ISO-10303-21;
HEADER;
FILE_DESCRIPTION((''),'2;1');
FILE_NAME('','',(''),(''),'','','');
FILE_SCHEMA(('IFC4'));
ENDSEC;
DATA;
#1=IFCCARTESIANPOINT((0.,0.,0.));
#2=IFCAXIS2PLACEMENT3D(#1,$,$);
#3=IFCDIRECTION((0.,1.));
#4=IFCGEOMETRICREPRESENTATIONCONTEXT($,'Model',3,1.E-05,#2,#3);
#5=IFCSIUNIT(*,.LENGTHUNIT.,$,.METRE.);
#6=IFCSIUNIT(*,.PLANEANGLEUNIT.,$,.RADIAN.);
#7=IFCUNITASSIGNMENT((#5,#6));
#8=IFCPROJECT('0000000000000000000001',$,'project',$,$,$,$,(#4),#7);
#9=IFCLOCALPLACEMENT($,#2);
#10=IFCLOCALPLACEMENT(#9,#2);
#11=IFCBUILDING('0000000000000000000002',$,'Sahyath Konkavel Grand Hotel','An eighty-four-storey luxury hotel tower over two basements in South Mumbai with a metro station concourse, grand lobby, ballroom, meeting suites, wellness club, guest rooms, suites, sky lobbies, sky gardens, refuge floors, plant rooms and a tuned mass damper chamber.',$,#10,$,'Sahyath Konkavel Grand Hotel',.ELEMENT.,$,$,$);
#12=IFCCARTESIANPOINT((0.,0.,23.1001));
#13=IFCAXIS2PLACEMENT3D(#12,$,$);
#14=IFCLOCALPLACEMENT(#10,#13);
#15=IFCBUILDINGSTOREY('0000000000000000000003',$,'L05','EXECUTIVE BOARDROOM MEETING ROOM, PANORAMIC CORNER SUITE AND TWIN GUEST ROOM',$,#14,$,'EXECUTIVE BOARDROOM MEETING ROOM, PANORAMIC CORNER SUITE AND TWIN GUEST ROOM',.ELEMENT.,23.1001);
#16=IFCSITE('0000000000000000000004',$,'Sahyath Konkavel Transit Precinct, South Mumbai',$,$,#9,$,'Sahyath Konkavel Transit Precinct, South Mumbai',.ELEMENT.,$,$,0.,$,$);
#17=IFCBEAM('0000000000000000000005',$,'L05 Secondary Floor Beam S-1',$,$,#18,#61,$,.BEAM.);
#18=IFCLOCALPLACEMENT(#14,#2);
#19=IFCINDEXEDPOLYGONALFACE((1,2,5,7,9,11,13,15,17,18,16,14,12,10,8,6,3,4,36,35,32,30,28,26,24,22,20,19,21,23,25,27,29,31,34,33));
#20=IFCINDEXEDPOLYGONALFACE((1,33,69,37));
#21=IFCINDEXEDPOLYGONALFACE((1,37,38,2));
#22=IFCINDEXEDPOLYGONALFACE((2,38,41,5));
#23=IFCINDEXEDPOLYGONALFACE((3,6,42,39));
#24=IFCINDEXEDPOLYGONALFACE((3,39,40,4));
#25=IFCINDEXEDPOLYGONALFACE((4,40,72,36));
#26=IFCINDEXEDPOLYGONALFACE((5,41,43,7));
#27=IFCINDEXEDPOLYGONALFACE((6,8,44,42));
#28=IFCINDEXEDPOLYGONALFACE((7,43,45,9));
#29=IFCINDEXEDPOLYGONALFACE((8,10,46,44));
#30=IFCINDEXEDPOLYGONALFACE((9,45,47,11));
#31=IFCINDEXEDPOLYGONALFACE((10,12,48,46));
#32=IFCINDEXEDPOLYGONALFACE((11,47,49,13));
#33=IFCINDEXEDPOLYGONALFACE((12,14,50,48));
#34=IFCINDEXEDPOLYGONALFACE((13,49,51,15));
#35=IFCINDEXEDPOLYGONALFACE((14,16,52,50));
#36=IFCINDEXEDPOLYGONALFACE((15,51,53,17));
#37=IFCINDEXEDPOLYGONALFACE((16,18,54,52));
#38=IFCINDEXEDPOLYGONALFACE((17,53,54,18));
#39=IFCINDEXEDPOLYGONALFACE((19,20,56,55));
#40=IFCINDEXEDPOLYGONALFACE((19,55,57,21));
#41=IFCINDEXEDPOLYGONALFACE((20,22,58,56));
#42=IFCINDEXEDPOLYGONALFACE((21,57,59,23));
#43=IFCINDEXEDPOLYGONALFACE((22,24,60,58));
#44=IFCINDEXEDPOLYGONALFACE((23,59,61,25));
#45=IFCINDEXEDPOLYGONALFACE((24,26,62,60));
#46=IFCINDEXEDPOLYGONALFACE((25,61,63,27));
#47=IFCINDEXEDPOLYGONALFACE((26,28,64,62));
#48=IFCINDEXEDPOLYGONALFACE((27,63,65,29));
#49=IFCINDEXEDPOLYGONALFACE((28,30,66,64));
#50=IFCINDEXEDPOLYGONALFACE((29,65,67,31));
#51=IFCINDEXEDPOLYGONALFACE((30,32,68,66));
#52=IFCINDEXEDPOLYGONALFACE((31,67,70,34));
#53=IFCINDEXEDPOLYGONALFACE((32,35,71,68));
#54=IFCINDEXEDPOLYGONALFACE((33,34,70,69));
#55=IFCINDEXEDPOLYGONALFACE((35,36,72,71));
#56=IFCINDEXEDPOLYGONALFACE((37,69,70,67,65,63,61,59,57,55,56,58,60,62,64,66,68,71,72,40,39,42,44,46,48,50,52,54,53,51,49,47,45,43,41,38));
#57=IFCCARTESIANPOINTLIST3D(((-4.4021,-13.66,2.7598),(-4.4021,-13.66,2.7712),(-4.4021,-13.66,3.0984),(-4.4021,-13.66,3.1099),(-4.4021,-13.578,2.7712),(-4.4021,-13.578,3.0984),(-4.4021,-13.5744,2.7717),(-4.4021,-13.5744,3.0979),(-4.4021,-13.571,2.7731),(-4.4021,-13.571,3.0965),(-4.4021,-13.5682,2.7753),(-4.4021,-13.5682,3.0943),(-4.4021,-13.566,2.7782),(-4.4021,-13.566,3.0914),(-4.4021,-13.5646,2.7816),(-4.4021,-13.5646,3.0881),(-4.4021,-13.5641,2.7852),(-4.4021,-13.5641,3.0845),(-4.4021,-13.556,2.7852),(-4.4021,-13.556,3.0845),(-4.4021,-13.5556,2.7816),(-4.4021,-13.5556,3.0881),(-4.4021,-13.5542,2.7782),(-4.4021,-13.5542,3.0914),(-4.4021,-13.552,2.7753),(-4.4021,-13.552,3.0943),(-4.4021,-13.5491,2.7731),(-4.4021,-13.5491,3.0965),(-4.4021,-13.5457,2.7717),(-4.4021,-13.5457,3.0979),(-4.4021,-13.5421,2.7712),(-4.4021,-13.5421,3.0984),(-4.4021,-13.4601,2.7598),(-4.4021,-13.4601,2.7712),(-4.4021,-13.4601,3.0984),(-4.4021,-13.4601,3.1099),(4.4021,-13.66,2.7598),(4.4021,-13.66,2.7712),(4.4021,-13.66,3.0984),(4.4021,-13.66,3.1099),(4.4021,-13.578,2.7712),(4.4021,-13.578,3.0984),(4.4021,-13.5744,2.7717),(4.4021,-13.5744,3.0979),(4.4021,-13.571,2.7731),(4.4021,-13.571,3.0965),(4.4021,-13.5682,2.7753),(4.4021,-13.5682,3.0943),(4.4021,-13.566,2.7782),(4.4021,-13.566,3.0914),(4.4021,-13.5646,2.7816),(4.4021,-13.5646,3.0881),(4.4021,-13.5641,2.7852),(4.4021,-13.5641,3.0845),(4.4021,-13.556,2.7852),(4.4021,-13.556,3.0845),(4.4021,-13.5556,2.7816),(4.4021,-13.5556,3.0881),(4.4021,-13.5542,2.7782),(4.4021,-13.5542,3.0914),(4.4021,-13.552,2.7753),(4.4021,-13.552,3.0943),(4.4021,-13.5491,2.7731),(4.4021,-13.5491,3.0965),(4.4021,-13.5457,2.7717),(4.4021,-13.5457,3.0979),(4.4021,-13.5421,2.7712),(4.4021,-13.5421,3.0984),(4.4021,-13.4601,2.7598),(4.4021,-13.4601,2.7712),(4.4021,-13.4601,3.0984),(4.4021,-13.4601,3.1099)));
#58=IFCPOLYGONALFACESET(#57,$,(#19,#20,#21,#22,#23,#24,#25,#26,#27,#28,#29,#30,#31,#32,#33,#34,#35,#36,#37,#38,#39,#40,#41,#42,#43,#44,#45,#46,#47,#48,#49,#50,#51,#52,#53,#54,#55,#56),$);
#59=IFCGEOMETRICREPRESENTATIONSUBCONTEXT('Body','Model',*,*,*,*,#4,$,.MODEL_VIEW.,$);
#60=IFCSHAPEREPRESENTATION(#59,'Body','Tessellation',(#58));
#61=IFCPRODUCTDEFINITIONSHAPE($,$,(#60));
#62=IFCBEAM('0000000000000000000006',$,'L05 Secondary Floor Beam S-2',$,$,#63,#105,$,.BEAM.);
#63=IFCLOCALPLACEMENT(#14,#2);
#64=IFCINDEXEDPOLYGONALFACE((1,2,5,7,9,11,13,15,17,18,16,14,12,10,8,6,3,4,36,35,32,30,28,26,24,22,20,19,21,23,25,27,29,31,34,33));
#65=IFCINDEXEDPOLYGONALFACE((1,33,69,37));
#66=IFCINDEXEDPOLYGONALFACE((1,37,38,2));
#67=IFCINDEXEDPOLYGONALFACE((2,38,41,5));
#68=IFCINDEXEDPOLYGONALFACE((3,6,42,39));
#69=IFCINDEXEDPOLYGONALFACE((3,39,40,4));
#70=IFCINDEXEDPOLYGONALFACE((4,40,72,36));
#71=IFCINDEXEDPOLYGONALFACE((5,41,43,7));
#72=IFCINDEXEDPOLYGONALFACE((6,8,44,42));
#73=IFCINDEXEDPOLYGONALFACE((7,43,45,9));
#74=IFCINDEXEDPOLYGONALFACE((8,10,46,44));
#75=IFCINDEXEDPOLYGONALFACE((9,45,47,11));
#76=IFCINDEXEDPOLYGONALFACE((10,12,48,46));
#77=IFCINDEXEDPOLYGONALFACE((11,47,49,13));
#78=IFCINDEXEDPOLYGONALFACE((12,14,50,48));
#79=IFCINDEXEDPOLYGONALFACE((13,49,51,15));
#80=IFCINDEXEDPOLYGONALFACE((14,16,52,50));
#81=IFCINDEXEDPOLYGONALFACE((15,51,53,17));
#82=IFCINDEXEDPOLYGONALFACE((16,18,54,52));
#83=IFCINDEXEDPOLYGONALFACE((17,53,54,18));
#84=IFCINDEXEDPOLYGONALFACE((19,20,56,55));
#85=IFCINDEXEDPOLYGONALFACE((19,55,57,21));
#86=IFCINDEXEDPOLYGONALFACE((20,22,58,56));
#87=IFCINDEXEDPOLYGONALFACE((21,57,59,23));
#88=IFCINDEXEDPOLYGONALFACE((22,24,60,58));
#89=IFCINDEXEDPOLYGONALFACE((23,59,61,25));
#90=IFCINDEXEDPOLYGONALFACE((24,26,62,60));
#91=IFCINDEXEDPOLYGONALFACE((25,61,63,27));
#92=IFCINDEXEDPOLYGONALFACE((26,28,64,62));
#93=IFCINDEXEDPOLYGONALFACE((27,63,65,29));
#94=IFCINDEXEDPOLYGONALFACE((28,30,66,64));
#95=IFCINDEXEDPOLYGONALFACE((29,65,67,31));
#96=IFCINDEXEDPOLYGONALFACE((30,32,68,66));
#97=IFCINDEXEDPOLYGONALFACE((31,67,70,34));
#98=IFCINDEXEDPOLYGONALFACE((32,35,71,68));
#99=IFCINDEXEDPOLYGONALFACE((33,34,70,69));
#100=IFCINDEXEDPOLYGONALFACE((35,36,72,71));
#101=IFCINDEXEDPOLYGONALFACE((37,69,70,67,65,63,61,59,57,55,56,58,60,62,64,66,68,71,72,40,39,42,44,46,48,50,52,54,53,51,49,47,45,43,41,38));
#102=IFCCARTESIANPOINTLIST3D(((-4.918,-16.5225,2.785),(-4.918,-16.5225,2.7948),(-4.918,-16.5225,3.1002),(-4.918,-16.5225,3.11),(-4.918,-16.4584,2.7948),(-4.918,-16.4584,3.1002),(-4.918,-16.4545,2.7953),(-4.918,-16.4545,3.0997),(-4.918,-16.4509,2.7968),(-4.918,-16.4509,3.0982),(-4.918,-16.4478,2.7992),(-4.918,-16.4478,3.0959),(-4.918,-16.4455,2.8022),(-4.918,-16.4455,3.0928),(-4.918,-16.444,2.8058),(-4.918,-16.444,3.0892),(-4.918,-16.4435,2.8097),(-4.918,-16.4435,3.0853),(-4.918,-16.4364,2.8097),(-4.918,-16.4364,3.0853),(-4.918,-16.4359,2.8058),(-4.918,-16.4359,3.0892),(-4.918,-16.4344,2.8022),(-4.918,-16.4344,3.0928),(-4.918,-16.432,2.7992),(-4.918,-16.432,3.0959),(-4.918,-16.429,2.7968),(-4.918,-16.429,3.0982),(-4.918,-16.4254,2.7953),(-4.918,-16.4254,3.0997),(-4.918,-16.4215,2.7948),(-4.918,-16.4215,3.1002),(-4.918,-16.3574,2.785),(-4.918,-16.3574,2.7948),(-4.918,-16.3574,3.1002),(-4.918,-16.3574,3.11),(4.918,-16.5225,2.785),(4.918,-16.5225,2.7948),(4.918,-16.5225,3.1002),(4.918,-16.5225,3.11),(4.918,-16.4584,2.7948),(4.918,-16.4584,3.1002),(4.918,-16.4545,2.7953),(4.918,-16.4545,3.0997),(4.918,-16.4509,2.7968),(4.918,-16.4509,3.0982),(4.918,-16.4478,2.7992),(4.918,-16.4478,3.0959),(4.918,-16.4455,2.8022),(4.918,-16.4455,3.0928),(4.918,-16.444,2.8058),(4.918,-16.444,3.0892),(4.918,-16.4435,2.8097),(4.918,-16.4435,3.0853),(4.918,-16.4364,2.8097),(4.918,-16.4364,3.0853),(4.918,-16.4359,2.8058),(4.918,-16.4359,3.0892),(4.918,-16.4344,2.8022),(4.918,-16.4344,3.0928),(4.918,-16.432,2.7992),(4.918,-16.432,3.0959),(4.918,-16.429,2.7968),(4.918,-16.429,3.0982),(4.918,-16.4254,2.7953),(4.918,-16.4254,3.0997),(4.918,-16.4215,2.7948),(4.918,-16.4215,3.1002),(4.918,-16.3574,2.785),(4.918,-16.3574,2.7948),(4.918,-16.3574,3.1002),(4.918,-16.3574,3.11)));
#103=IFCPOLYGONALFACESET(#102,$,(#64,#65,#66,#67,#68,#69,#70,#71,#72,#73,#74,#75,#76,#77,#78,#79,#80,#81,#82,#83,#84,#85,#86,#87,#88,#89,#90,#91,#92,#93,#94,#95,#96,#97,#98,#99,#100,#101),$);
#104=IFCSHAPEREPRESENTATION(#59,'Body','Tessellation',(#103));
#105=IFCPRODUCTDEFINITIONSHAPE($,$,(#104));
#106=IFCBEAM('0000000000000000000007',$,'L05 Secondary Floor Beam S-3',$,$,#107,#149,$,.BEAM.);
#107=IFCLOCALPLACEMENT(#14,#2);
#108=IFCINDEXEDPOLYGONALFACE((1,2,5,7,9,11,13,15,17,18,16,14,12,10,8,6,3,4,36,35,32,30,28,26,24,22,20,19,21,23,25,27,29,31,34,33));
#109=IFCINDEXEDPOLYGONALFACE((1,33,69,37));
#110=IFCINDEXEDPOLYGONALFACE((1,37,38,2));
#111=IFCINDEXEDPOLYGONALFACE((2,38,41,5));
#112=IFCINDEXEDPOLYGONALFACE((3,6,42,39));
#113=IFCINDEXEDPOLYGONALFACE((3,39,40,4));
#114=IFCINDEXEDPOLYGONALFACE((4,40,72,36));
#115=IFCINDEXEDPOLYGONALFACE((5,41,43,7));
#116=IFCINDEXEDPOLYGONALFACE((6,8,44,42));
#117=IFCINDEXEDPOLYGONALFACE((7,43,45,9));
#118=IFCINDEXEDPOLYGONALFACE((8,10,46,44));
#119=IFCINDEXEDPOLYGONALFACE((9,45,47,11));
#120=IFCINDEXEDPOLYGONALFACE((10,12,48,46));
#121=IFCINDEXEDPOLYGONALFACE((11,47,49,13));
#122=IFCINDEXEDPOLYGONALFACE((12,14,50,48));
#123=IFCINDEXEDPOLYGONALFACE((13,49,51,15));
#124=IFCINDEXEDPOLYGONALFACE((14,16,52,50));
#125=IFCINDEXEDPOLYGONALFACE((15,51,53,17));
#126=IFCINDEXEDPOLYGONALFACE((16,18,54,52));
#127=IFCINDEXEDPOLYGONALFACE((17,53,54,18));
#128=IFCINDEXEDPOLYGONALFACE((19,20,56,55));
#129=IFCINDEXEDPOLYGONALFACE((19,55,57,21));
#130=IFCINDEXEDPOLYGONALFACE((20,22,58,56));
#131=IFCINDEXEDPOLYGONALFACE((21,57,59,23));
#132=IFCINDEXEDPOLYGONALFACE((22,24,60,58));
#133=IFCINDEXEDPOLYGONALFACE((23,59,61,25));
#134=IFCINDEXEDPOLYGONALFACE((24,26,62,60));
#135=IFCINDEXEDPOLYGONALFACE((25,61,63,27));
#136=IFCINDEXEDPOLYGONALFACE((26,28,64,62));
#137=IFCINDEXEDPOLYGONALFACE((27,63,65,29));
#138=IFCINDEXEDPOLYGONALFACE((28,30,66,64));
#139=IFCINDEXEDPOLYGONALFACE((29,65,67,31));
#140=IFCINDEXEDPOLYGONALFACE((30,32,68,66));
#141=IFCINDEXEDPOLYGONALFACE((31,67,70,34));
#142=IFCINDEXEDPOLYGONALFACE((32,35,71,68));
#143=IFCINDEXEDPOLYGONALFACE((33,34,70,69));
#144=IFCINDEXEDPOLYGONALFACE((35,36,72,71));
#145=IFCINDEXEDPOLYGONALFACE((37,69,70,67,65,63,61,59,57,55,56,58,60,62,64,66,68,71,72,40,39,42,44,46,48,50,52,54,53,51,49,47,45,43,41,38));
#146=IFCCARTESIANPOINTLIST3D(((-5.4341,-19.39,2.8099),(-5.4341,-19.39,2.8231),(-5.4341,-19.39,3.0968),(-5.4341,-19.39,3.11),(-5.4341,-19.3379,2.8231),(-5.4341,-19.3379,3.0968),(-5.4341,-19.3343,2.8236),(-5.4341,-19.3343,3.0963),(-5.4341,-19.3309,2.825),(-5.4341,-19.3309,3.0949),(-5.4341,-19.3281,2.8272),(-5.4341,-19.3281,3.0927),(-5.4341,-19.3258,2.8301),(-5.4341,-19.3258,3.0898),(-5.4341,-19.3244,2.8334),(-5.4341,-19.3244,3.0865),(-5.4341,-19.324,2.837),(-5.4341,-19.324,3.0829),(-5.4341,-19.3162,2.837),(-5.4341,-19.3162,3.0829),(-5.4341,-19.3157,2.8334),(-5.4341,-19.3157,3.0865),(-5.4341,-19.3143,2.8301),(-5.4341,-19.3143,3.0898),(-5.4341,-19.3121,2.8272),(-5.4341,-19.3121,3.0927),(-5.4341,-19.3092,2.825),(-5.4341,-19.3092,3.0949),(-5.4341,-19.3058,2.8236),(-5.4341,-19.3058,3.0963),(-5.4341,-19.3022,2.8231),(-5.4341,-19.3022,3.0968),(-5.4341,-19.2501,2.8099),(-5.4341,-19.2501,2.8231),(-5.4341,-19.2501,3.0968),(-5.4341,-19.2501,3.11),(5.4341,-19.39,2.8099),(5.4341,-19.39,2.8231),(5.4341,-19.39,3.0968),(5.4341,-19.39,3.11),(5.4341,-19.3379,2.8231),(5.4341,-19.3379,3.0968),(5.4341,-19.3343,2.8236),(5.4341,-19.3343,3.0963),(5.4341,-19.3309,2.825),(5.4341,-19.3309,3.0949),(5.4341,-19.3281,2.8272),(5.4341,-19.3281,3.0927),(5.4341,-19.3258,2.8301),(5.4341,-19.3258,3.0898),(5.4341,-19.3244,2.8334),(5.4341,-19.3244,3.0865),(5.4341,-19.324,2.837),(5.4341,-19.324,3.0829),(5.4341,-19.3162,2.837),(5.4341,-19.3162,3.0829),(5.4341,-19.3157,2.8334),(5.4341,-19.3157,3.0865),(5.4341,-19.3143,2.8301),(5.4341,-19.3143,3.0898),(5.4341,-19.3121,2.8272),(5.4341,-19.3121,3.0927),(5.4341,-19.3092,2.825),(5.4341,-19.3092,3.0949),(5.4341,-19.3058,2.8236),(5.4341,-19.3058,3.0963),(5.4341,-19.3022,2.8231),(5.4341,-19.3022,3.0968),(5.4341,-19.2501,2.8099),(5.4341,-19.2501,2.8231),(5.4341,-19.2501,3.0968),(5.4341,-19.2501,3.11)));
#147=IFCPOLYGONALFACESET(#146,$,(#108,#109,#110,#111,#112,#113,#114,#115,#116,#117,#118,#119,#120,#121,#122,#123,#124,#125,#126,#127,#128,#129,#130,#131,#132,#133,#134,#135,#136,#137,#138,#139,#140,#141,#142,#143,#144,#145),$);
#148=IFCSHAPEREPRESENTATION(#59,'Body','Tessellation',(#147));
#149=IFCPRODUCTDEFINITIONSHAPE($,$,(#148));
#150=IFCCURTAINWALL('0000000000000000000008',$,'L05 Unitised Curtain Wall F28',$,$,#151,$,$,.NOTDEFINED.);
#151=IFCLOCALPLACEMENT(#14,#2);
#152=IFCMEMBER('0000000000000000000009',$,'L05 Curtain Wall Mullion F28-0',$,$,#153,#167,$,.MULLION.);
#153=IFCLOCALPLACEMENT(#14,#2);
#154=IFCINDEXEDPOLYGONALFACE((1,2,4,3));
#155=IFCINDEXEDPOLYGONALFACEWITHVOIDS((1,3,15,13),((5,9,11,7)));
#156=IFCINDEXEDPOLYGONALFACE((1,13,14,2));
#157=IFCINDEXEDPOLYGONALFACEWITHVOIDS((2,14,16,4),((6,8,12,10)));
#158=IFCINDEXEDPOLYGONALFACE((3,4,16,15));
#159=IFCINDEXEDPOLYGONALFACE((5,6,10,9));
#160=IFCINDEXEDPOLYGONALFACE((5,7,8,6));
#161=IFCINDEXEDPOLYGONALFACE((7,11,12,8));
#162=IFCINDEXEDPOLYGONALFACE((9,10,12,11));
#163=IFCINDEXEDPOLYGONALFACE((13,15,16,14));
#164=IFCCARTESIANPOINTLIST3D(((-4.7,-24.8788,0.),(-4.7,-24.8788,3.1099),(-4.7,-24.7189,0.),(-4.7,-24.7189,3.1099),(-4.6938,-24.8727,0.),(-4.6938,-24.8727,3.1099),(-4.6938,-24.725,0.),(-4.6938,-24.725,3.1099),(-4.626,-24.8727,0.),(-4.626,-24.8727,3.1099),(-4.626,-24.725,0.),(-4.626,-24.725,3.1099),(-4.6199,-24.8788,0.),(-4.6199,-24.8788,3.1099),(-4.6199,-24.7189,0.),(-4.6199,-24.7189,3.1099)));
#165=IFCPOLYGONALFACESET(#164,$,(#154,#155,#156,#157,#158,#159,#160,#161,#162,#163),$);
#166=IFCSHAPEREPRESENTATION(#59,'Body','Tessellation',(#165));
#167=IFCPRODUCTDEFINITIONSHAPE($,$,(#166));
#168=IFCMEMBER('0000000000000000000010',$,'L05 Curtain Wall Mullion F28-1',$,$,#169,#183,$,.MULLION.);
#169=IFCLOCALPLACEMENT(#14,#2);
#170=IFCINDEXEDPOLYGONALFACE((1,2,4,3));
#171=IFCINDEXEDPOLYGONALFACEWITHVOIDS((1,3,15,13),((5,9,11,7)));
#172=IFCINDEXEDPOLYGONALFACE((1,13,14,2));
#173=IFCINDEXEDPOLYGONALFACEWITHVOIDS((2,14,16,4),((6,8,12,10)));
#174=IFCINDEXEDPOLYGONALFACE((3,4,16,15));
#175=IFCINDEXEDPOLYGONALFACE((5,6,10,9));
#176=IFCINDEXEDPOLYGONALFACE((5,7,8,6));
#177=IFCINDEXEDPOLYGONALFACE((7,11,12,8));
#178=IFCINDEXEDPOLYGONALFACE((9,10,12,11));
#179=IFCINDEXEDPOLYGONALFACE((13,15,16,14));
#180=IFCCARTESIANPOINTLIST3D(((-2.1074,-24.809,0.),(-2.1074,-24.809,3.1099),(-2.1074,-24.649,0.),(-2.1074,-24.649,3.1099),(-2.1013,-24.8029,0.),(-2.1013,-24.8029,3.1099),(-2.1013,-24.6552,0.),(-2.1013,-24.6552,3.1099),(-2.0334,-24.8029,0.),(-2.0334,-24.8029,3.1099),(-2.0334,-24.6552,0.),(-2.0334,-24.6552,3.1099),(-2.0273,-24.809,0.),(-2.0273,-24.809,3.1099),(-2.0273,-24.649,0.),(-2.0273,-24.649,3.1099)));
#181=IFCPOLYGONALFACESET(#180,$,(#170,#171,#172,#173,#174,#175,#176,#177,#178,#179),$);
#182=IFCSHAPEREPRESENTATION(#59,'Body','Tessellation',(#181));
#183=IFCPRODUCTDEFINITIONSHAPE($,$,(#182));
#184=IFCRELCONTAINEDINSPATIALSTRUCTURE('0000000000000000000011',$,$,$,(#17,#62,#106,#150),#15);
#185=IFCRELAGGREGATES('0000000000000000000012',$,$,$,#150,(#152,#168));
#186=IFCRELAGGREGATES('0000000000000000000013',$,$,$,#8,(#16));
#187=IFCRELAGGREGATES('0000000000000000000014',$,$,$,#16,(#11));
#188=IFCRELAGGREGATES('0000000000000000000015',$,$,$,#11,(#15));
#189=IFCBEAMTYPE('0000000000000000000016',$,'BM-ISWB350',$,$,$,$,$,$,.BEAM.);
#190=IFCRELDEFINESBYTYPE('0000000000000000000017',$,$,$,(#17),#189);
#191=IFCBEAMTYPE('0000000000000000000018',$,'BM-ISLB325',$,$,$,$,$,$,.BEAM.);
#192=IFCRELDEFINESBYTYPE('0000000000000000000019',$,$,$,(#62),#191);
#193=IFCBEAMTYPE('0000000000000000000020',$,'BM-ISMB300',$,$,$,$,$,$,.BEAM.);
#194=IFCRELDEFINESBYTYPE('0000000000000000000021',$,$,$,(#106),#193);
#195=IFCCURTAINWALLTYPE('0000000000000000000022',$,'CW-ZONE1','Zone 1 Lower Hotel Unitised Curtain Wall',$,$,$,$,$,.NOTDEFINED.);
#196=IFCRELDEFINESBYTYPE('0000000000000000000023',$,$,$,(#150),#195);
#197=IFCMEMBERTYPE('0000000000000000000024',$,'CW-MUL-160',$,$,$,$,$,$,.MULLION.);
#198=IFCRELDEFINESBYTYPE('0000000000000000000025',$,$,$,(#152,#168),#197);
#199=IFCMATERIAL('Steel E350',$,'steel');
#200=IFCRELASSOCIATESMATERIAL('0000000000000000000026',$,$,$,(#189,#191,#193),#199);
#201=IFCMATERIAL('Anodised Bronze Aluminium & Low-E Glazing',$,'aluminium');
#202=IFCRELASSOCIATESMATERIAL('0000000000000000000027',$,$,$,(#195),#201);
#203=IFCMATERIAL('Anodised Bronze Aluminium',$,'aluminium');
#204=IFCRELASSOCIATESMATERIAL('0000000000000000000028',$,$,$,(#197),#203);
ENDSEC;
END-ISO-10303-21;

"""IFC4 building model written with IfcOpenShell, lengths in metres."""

from ifc_helpers import new_model, si_unit, direction, frame, origin, origin_2d, place, context, subcontext, project, spatial, hollow_rectangle, i_section, extrude, source, transform, mapped, material, material_profile, profile_set, type_object, element, aggregate, save


model = new_model("IFC4")

# Units and contexts
model_context = context("Model", 3, precision=1e-05, world=origin(), true_north=direction((0.0, 1.0)))
body_context = subcontext(model_context, "Body", "Model", "MODEL_VIEW")
ifc_project = project(units=[si_unit("LENGTHUNIT", "METRE"), si_unit("PLANEANGLEUNIT", "RADIAN")], contexts=[model_context])

# Site, building, storey
site_placement = place(None, origin())
site = spatial("IfcSite", under=ifc_project, at=site_placement, Name="Sahyath Konkavel Transit Precinct, South Mumbai", LongName="Sahyath Konkavel Transit Precinct, South Mumbai", CompositionType="ELEMENT", RefElevation=0.0)
building_placement = place(site_placement, origin())
building = spatial("IfcBuilding", under=site, at=building_placement, Name="Sahyath Konkavel Grand Hotel", Description="An eighty-four-storey luxury hotel tower over two basements in South Mumbai with a metro station concourse, grand lobby, ballroom, meeting suites, wellness club, guest rooms, suites, sky lobbies, sky gardens, refuge floors, plant rooms and a tuned mass damper chamber.", LongName="Sahyath Konkavel Grand Hotel", CompositionType="ELEMENT")
storey_placement = place(building_placement, frame((0.0, 0.0, 23.1001)))
storey = spatial("IfcBuildingStorey", under=building, at=storey_placement, Name="L05", Description="EXECUTIVE BOARDROOM MEETING ROOM, PANORAMIC CORNER SUITE AND TWIN GUEST ROOM", LongName="EXECUTIVE BOARDROOM MEETING ROOM, PANORAMIC CORNER SUITE AND TWIN GUEST ROOM", CompositionType="ELEMENT", Elevation=23.1001)

# Beams
ifc_material_1 = material(Name="Steel E350", Category="steel")
ifc_material_profile_1 = material_profile(ifc_material_1, i_section(OverallWidth=0.2, OverallDepth=0.3501, WebThickness=0.0081, FlangeThickness=0.0115, FilletRadius=0.0139, at=origin_2d()), Name="ISWB 350")
ifc_profile_set_1 = profile_set([ifc_material_profile_1], Name="Steel E350")
beam_type_1 = type_object("IfcBeamType", Name="BM-ISWB350", PredefinedType="BEAM", material=ifc_profile_set_1)
shared_shape_1 = source(origin(), body_context, "Body", "SweptSolid", [
    extrude(i_section(OverallWidth=0.2, OverallDepth=0.3501, WebThickness=0.0081, FlangeThickness=0.0115, FilletRadius=0.0139, at=origin_2d()), origin(), (0.0, 0.0, 1.0), 8.8042),
])
beam_1_placement = place(storey_placement, frame((-4.4021, -13.5601, 2.9348), z_axis=(1.0, 0.0, 0.0), x_axis=(0.0, 1.0, 0.0)))
element("IfcBeam", 1, at=beam_1_placement, inside=storey, type_object=beam_type_1, Name="L05 Secondary Floor Beam S-1", PredefinedType="BEAM", context=body_context, shape_type="MappedRepresentation", body=[
    mapped(shared_shape_1, transform((0.0, 0.0, 0.0), scale=1.0)),
])
ifc_material_profile_2 = material_profile(ifc_material_1, i_section(OverallWidth=0.165, OverallDepth=0.325, WebThickness=0.0071, FlangeThickness=0.0098, FilletRadius=0.0149, at=origin_2d()), Name="ISLB 325")
ifc_profile_set_2 = profile_set([ifc_material_profile_2], Name="Steel E350")
beam_type_2 = type_object("IfcBeamType", Name="BM-ISLB325", PredefinedType="BEAM", material=ifc_profile_set_2)
shared_shape_2 = source(origin(), body_context, "Body", "SweptSolid", [
    extrude(i_section(OverallWidth=0.165, OverallDepth=0.325, WebThickness=0.0071, FlangeThickness=0.0098, FilletRadius=0.0149, at=origin_2d()), origin(), (0.0, 0.0, 1.0), 9.8359),
])
beam_2_placement = place(storey_placement, frame((-4.918, -16.4399, 2.9475), z_axis=(1.0, 0.0, 0.0), x_axis=(0.0, 1.0, 0.0)))
element("IfcBeam", 2, at=beam_2_placement, inside=storey, type_object=beam_type_2, Name="L05 Secondary Floor Beam S-2", PredefinedType="BEAM", context=body_context, shape_type="MappedRepresentation", body=[
    mapped(shared_shape_2, transform((0.0, 0.0, 0.0), scale=1.0)),
])
ifc_material_profile_3 = material_profile(ifc_material_1, i_section(OverallWidth=0.1399, OverallDepth=0.3, WebThickness=0.0078, FlangeThickness=0.0132, FilletRadius=0.0139, at=origin_2d()), Name="ISMB 300")
ifc_profile_set_3 = profile_set([ifc_material_profile_3], Name="Steel E350")
beam_type_3 = type_object("IfcBeamType", Name="BM-ISMB300", PredefinedType="BEAM", material=ifc_profile_set_3)
shared_shape_3 = source(origin(), body_context, "Body", "SweptSolid", [
    extrude(i_section(OverallWidth=0.1399, OverallDepth=0.3, WebThickness=0.0078, FlangeThickness=0.0132, FilletRadius=0.0139, at=origin_2d()), origin(), (0.0, 0.0, 1.0), 10.8682),
])
beam_3_placement = place(storey_placement, frame((-5.4341, -19.3201, 2.96), z_axis=(1.0, 0.0, 0.0), x_axis=(0.0, 1.0, 0.0)))
element("IfcBeam", 3, at=beam_3_placement, inside=storey, type_object=beam_type_3, Name="L05 Secondary Floor Beam S-3", PredefinedType="BEAM", context=body_context, shape_type="MappedRepresentation", body=[
    mapped(shared_shape_3, transform((0.0, 0.0, 0.0), scale=1.0)),
])

# Curtain wall, members
ifc_material_2 = material(Name="Anodised Bronze Aluminium & Low-E Glazing", Category="aluminium")
curtain_wall_type = type_object("IfcCurtainWallType", Name="CW-ZONE1", Description="Zone 1 Lower Hotel Unitised Curtain Wall", PredefinedType="NOTDEFINED", material=ifc_material_2)
curtain_wall_placement = place(storey_placement, origin())
curtain_wall = element("IfcCurtainWall", 4, at=curtain_wall_placement, inside=storey, type_object=curtain_wall_type, Name="L05 Unitised Curtain Wall F28", PredefinedType="NOTDEFINED")
ifc_material_3 = material(Name="Anodised Bronze Aluminium", Category="aluminium")
ifc_material_profile_4 = material_profile(ifc_material_3, hollow_rectangle(XDim=0.0801, YDim=0.1599, WallThickness=0.0061, at=origin_2d()), Name="RHS 160x80x6")
ifc_profile_set_4 = profile_set([ifc_material_profile_4], Name="Anodised Bronze Aluminium")
member_type_1 = type_object("IfcMemberType", Name="CW-MUL-160", PredefinedType="MULLION", material=ifc_profile_set_4)
shared_shape_4 = source(origin(), body_context, "Body", "SweptSolid", [
    extrude(hollow_rectangle(XDim=0.0801, YDim=0.1599, WallThickness=0.0061, at=origin_2d()), origin(), (0.0, 0.0, 1.0), 3.1099),
])
member_1_placement = place(storey_placement, frame((-4.6599, -24.7988, 0.0), z_axis=(0.0, 0.0, 1.0), x_axis=(1.0, 0.0, 0.0)))
member_1 = element("IfcMember", 5, at=member_1_placement, type_object=member_type_1, Name="L05 Curtain Wall Mullion F28-0", PredefinedType="MULLION", context=body_context, shape_type="MappedRepresentation", body=[
    mapped(shared_shape_4, transform((0.0, 0.0, 0.0), scale=1.0)),
])
member_2_placement = place(storey_placement, frame((-2.0674, -24.729, 0.0), z_axis=(0.0, 0.0, 1.0), x_axis=(1.0, 0.0, 0.0)))
member_2 = element("IfcMember", 6, at=member_2_placement, type_object=member_type_1, Name="L05 Curtain Wall Mullion F28-1", PredefinedType="MULLION", context=body_context, shape_type="MappedRepresentation", body=[
    mapped(shared_shape_4, transform((0.0, 0.0, 0.0), scale=1.0)),
])
aggregate(curtain_wall, [member_1, member_2])

save(model, "model.ifc")
